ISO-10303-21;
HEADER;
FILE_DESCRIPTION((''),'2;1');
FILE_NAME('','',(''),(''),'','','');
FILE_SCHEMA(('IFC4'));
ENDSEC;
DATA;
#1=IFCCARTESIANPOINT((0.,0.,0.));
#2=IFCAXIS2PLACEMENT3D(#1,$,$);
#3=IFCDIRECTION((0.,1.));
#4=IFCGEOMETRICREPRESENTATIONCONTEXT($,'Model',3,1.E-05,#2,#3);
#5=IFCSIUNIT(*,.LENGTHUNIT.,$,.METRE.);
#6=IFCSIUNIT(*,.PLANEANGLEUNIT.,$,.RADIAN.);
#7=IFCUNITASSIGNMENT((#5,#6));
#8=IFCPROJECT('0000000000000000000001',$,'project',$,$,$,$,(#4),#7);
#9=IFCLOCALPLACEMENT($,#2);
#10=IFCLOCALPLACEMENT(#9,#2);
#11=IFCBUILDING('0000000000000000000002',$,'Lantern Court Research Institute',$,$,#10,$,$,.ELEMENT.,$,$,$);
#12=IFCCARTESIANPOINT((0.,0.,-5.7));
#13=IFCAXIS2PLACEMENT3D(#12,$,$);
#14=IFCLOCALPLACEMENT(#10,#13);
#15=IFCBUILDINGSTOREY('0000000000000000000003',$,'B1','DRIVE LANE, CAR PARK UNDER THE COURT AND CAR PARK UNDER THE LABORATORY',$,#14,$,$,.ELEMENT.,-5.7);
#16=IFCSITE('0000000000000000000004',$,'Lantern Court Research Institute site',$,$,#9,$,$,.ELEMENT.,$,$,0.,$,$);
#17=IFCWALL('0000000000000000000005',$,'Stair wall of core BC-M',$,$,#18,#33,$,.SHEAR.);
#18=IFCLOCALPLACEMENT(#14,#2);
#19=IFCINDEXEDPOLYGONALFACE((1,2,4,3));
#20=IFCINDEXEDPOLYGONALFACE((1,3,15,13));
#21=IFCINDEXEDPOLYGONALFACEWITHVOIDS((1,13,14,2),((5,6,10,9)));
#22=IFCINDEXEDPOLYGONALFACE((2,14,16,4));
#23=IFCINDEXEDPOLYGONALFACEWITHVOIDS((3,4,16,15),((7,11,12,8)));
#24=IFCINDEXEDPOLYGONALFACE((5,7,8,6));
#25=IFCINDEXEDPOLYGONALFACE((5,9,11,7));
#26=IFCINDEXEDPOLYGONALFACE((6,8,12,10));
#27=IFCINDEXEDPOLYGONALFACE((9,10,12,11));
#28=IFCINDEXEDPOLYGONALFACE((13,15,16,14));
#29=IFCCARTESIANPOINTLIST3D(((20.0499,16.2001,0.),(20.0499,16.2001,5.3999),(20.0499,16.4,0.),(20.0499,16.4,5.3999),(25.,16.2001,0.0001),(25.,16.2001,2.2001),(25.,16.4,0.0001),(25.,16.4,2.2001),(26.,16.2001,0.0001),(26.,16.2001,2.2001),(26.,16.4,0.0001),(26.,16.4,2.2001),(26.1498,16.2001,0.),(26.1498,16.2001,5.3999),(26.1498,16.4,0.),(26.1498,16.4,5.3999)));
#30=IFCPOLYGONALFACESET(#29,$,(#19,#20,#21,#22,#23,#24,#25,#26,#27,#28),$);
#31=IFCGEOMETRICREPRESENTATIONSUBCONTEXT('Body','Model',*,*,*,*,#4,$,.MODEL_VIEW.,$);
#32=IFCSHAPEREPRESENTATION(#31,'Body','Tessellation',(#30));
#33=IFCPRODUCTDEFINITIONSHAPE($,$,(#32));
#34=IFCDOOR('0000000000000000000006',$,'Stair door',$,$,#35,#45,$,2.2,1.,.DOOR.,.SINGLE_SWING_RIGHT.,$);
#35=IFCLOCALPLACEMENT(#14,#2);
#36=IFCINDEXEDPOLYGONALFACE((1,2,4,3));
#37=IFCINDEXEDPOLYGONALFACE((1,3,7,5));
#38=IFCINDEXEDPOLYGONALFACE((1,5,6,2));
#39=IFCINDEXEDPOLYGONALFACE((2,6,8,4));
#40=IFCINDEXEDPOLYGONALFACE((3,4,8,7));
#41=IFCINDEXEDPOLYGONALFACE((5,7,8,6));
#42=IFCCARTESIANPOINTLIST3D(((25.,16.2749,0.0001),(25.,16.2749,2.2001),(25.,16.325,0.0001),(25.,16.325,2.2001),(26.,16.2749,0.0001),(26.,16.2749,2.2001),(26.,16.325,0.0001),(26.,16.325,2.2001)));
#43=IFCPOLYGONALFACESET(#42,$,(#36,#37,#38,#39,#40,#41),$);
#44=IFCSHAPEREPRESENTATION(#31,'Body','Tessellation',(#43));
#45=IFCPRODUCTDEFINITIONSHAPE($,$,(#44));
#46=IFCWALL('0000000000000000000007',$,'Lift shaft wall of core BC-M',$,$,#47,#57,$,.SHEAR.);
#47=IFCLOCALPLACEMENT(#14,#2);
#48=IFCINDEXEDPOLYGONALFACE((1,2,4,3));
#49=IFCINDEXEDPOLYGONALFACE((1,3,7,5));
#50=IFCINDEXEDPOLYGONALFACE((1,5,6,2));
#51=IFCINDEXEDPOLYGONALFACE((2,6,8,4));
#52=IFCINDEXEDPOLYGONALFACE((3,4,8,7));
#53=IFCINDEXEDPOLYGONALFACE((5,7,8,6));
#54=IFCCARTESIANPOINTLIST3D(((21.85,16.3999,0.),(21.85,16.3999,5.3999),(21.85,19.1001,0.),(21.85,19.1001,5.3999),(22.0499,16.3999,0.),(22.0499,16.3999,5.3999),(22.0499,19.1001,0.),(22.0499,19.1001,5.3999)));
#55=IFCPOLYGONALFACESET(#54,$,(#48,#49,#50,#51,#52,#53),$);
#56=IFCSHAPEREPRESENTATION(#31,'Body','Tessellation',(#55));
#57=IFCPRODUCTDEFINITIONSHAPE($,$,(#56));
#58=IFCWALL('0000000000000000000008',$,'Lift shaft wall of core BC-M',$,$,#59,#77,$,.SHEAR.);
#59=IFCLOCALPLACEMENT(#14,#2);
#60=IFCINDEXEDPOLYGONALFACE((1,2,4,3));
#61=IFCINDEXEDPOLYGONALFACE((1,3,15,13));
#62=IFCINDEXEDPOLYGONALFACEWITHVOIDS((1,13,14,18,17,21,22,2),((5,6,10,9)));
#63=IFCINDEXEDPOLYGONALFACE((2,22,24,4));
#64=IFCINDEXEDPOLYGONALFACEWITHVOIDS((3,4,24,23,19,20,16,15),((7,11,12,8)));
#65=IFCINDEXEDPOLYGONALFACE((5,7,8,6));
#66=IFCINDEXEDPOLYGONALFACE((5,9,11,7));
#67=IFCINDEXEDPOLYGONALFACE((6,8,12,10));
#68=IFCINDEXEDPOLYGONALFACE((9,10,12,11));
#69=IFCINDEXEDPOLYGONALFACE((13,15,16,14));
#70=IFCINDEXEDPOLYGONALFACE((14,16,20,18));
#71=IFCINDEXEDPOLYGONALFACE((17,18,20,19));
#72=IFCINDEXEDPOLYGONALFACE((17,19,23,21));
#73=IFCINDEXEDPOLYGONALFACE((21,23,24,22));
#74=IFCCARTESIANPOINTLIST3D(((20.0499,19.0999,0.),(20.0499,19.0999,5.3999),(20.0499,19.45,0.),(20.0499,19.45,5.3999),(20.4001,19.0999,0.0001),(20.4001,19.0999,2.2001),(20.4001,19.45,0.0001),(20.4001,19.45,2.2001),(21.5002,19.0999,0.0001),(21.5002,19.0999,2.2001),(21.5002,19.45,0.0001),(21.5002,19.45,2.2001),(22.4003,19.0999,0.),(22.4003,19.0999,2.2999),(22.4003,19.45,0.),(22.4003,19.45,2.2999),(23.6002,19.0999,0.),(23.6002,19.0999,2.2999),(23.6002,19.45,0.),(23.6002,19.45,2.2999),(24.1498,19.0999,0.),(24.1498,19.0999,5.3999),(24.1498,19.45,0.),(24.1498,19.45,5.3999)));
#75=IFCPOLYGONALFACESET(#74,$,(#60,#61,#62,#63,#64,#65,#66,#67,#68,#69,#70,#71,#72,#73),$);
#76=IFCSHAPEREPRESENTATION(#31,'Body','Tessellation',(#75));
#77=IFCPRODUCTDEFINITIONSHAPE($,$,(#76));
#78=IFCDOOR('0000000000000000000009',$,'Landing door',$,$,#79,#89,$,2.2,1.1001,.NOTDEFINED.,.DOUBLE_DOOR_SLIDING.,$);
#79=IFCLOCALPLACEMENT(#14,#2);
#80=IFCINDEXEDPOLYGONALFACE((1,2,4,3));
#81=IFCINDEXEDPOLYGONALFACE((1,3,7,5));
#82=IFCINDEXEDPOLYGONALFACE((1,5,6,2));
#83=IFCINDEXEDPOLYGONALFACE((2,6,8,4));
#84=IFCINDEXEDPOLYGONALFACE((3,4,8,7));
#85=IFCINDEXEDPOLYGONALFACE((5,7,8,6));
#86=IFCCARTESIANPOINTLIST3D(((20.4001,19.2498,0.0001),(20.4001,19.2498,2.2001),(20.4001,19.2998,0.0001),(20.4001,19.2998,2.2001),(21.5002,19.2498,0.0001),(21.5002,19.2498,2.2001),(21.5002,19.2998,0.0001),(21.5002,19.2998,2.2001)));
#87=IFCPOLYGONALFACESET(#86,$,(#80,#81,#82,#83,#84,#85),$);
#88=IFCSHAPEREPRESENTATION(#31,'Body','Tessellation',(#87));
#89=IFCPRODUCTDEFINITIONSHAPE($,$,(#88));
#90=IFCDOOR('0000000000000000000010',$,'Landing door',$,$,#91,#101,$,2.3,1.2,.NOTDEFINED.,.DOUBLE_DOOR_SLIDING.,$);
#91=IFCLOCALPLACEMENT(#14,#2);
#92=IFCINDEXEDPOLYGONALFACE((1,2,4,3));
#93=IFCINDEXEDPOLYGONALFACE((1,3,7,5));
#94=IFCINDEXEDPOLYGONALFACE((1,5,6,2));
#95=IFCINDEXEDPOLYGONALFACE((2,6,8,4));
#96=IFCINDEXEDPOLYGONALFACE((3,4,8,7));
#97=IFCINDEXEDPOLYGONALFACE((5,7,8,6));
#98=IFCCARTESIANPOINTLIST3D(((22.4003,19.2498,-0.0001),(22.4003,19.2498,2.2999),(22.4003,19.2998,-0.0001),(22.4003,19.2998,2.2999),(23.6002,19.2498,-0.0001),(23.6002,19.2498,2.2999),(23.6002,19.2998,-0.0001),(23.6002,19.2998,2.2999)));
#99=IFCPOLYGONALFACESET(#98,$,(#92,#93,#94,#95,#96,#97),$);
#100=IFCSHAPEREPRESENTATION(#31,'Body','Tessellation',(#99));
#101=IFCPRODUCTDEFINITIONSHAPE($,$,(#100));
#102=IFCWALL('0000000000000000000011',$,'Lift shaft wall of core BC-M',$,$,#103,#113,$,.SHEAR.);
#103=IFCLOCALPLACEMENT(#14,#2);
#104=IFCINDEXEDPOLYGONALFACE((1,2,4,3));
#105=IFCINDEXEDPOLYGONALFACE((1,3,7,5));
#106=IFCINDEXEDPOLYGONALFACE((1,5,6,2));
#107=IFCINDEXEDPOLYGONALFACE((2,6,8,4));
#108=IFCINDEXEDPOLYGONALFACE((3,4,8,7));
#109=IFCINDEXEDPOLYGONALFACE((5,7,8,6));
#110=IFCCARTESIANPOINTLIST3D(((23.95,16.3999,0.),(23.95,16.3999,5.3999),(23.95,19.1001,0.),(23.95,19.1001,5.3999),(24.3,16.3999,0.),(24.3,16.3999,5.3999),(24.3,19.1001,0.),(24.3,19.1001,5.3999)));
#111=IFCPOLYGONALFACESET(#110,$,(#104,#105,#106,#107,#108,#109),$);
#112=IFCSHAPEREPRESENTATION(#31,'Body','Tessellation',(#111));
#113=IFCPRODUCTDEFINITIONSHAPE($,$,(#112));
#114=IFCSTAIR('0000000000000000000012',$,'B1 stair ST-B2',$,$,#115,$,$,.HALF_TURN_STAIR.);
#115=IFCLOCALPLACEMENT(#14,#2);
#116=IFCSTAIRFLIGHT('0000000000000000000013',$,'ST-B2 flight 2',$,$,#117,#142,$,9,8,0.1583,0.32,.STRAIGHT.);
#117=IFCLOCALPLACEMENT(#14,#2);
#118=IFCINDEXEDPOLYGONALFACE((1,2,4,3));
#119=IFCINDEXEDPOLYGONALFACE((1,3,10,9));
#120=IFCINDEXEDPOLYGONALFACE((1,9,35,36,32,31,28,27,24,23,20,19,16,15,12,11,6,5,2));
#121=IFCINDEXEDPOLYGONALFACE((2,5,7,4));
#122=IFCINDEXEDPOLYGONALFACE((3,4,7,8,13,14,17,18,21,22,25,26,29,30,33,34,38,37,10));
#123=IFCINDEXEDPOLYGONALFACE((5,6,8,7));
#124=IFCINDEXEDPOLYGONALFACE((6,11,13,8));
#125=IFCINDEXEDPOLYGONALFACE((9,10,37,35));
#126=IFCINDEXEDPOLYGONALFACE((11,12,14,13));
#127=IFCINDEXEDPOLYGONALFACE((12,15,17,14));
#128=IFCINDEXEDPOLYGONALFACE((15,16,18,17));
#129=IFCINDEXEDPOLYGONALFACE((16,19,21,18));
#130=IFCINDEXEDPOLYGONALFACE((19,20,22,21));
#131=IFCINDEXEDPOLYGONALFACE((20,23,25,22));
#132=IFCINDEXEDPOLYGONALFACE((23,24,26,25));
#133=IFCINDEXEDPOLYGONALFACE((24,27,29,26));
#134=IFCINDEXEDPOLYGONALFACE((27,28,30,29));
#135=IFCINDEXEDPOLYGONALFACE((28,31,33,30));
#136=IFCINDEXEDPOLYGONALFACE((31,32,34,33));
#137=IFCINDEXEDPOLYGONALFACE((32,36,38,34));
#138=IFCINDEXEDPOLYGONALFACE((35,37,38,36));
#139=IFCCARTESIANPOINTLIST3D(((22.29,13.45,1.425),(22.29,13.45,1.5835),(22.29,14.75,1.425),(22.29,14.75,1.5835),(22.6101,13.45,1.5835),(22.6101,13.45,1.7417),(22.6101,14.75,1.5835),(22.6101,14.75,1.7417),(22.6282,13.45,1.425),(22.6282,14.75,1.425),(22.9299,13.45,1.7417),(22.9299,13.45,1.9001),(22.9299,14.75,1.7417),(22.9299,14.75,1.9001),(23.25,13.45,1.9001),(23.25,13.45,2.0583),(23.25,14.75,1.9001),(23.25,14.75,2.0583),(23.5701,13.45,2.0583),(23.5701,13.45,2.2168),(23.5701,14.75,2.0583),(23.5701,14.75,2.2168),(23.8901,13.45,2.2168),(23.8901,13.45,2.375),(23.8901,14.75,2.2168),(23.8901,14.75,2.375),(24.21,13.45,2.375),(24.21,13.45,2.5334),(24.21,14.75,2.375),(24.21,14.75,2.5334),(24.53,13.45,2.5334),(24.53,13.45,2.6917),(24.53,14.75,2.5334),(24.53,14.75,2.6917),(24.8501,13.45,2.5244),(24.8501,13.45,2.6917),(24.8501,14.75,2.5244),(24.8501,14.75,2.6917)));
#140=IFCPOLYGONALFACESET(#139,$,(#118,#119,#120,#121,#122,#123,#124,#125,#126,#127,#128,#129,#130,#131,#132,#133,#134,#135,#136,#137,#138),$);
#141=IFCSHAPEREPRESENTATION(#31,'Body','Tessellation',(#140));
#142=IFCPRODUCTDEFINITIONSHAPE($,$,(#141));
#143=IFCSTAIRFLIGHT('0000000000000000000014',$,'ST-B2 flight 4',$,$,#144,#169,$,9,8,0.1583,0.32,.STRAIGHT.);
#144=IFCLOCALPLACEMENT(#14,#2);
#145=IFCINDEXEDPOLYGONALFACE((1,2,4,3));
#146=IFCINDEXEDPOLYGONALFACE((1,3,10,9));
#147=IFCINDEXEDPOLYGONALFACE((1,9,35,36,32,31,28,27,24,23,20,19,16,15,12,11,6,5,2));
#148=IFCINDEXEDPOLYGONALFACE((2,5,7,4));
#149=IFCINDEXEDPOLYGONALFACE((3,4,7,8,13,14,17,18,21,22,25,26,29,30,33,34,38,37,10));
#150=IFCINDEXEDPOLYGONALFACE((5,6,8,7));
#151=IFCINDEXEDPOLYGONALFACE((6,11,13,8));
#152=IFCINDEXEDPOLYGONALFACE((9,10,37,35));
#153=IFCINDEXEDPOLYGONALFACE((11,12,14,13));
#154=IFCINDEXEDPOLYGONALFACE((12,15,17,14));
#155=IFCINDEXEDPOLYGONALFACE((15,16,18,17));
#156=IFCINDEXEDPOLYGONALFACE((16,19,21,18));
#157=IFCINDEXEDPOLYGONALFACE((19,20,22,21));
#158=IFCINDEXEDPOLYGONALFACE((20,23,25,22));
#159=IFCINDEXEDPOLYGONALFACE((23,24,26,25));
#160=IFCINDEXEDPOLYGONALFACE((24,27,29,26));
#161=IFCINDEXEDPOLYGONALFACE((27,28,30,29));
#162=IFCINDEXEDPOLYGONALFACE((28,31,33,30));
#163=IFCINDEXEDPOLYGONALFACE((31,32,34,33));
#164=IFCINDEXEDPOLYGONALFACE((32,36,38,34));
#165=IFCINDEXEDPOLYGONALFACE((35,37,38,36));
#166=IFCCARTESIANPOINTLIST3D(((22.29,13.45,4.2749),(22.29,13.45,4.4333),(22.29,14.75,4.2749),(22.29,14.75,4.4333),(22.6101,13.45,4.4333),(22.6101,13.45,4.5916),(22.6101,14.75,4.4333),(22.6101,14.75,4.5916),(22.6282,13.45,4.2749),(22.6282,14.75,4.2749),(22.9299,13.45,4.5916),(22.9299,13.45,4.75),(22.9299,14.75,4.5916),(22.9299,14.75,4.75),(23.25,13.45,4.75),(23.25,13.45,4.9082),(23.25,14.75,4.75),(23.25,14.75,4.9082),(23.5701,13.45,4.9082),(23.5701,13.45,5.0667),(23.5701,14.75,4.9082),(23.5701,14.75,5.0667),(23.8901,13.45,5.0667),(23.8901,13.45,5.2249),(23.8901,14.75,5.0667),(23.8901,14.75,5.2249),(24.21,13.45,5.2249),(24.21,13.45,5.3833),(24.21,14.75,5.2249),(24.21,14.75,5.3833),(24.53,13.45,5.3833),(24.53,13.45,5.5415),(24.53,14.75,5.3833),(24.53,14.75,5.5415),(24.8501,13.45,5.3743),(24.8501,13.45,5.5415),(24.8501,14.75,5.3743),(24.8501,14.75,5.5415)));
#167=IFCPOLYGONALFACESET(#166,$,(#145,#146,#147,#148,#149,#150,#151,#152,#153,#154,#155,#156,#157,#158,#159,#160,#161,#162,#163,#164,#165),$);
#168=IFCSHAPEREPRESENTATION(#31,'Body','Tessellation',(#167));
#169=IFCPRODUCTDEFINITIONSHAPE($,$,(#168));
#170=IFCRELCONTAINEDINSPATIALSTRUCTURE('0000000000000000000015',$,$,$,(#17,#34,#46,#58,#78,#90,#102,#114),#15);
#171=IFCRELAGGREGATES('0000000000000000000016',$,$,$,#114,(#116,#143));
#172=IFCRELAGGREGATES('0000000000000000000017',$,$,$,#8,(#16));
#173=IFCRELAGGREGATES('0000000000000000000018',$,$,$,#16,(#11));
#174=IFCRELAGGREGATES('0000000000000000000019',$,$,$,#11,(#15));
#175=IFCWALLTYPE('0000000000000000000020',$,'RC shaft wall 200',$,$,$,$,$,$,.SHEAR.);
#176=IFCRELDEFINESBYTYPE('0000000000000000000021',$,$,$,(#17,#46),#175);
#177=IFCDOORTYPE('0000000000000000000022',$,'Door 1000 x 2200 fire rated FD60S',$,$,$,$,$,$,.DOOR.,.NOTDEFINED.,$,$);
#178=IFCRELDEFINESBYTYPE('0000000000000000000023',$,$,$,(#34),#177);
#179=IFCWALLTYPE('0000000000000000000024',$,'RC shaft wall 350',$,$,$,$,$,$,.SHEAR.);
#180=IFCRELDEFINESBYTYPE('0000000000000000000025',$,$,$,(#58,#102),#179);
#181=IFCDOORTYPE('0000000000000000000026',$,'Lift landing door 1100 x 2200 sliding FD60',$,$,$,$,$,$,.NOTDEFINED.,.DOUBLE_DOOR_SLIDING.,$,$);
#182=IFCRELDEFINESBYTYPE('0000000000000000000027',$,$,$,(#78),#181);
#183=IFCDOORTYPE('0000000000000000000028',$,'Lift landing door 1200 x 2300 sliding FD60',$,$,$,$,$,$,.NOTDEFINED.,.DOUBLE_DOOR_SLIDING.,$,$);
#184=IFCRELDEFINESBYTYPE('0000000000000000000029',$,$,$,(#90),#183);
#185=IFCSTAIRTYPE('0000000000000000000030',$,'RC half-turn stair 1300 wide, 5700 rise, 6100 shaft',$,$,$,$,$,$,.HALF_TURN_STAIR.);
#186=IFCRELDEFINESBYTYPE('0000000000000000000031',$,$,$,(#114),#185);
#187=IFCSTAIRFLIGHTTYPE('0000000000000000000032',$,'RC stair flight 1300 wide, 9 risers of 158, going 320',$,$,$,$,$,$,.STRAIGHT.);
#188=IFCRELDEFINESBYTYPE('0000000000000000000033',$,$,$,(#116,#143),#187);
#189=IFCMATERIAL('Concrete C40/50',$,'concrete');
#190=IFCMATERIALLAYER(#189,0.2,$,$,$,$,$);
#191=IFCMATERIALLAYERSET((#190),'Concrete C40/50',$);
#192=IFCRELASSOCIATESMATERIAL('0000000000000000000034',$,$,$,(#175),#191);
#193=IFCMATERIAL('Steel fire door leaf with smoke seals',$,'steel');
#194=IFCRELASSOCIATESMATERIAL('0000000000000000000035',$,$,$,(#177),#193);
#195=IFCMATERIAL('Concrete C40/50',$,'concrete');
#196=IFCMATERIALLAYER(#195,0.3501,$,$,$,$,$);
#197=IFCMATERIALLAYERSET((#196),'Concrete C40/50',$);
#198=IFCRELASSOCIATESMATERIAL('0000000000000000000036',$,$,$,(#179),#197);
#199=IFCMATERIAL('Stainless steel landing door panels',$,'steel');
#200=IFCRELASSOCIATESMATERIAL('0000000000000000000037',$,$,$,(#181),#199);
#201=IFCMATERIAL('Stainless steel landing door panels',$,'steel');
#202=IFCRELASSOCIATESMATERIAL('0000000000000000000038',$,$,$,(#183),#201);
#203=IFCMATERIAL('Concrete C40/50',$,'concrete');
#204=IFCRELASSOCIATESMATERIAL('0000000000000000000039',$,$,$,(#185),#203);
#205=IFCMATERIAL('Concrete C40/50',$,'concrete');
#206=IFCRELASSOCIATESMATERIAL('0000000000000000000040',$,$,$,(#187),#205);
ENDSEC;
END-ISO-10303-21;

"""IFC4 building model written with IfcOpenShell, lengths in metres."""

from ifc_helpers import new_model, si_unit, direction, frame, frame_2d, origin, place, context, subcontext, project, spatial, polyline, rectangle, outline, extrude, material, layer, layer_set, type_object, element, fill, aggregate, save


model = new_model("IFC4")

# Units and contexts
model_context = context("Model", 3, precision=1e-05, world=origin(), true_north=direction((0.0, 1.0)))
body_context = subcontext(model_context, "Body", "Model", "MODEL_VIEW")
ifc_project = project(units=[si_unit("LENGTHUNIT", "METRE"), si_unit("PLANEANGLEUNIT", "RADIAN")], contexts=[model_context])

# Site, building, storey
site_placement = place(None, origin())
site = spatial("IfcSite", under=ifc_project, at=site_placement, Name="Lantern Court Research Institute site", CompositionType="ELEMENT", RefElevation=0.0)
building_placement = place(site_placement, origin())
building = spatial("IfcBuilding", under=site, at=building_placement, Name="Lantern Court Research Institute", CompositionType="ELEMENT")
storey_placement = place(building_placement, frame((0.0, 0.0, -5.7)))
storey = spatial("IfcBuildingStorey", under=building, at=storey_placement, Name="B1", Description="DRIVE LANE, CAR PARK UNDER THE COURT AND CAR PARK UNDER THE LABORATORY", CompositionType="ELEMENT", Elevation=-5.7)

# Wall, opening, door
ifc_material_1 = material(Name="Concrete C40/50", Category="concrete")
ifc_layer_1 = layer(ifc_material_1, 0.2)
ifc_layer_set_1 = layer_set([ifc_layer_1], Name="Concrete C40/50")
wall_type_1 = type_object("IfcWallType", Name="RC shaft wall 200", PredefinedType="SHEAR", material=ifc_layer_set_1)
wall_1_placement = place(storey_placement, frame((20.05, 16.3, 0.0), z_axis=(0.0, 0.0, 1.0), x_axis=(1.0, 0.0, 0.0)))
wall_1 = element("IfcWall", 1, at=wall_1_placement, inside=storey, type_object=wall_type_1, Name="Stair wall of core BC-M", PredefinedType="SHEAR", context=body_context, shape_type="SweptSolid", body=[
    extrude(rectangle(XDim=6.0999, YDim=0.2, at=frame_2d((3.0498, 0.0))), origin(), (0.0, 0.0, 1.0), 5.3999),
])
opening_1_placement = place(wall_1_placement, frame((4.95, 0.0, 0.0)))
opening_1 = element("IfcOpeningElement", 2, at=opening_1_placement, cuts=wall_1, PredefinedType="OPENING", context=body_context, shape_type="SweptSolid", body=[
    extrude(rectangle(XDim=1.0, YDim=2.2, at=frame_2d((0.5, 1.1001))), frame((0.0, 0.1099, 0.0), z_axis=(0.0, -1.0, 0.0), x_axis=(1.0, 0.0, 0.0)), (0.0, 0.0, 1.0), 0.22),
])
ifc_material_2 = material(Name="Steel fire door leaf with smoke seals", Category="steel")
door_type_1 = type_object("IfcDoorType", Name="Door 1000 x 2200 fire rated FD60S", OperationType="NOTDEFINED", PredefinedType="DOOR", material=ifc_material_2)
door_1_placement = place(opening_1_placement, origin())
door_1 = element("IfcDoor", 3, at=door_1_placement, inside=storey, type_object=door_type_1, Name="Stair door", OperationType="SINGLE_SWING_RIGHT", OverallHeight=2.2, OverallWidth=1.0, PredefinedType="DOOR", context=body_context, shape_type="SweptSolid", body=[
    extrude(rectangle(XDim=1.0, YDim=2.2, at=frame_2d((0.5, 1.1001))), frame((0.0, 0.0249, 0.0), z_axis=(0.0, -1.0, 0.0), x_axis=(1.0, 0.0, 0.0)), (0.0, 0.0, 1.0), 0.05),
])
fill(opening_1, door_1)

# Wall
wall_2_placement = place(storey_placement, frame((21.95, 16.3999, 0.0), z_axis=(0.0, 0.0, 1.0), x_axis=(0.0, 1.0, 0.0)))
element("IfcWall", 4, at=wall_2_placement, inside=storey, type_object=wall_type_1, Name="Lift shaft wall of core BC-M", PredefinedType="SHEAR", context=body_context, shape_type="SweptSolid", body=[
    extrude(rectangle(XDim=2.7002, YDim=0.2, at=frame_2d((1.3501, 0.0))), origin(), (0.0, 0.0, 1.0), 5.3999),
])

# Wall, openings, doors
ifc_material_3 = material(Name="Concrete C40/50", Category="concrete")
ifc_layer_2 = layer(ifc_material_3, 0.3501)
ifc_layer_set_2 = layer_set([ifc_layer_2], Name="Concrete C40/50")
wall_type_2 = type_object("IfcWallType", Name="RC shaft wall 350", PredefinedType="SHEAR", material=ifc_layer_set_2)
wall_3_placement = place(storey_placement, frame((20.05, 19.2749, 0.0), z_axis=(0.0, 0.0, 1.0), x_axis=(1.0, 0.0, 0.0)))
wall_3 = element("IfcWall", 5, at=wall_3_placement, inside=storey, type_object=wall_type_2, Name="Lift shaft wall of core BC-M", PredefinedType="SHEAR", context=body_context, shape_type="SweptSolid", body=[
    extrude(rectangle(XDim=4.0999, YDim=0.3501, at=frame_2d((2.0498, 0.0))), origin(), (0.0, 0.0, 1.0), 5.3999),
])
opening_2_placement = place(wall_3_placement, frame((0.3501, 0.0, 0.0)))
opening_2 = element("IfcOpeningElement", 6, at=opening_2_placement, cuts=wall_3, PredefinedType="OPENING", context=body_context, shape_type="SweptSolid", body=[
    extrude(rectangle(XDim=1.1001, YDim=2.2, at=frame_2d((0.55, 1.1001))), frame((0.0, 0.1851, 0.0), z_axis=(0.0, -1.0, 0.0), x_axis=(1.0, 0.0, 0.0)), (0.0, 0.0, 1.0), 0.3701),
])
opening_3_placement = place(wall_3_placement, frame((2.3501, 0.0, 0.0)))
opening_3 = element("IfcOpeningElement", 7, at=opening_3_placement, cuts=wall_3, PredefinedType="OPENING", context=body_context, shape_type="SweptSolid", body=[
    extrude(rectangle(XDim=1.2, YDim=2.3, at=frame_2d((0.6001, 1.1499))), frame((0.0, 0.1851, 0.0), z_axis=(0.0, -1.0, 0.0), x_axis=(1.0, 0.0, 0.0)), (0.0, 0.0, 1.0), 0.3701),
])
ifc_material_4 = material(Name="Stainless steel landing door panels", Category="steel")
door_type_2 = type_object("IfcDoorType", Name="Lift landing door 1100 x 2200 sliding FD60", OperationType="DOUBLE_DOOR_SLIDING", PredefinedType="NOTDEFINED", material=ifc_material_4)
door_2_placement = place(opening_2_placement, origin())
door_2 = element("IfcDoor", 8, at=door_2_placement, inside=storey, type_object=door_type_2, Name="Landing door", OperationType="DOUBLE_DOOR_SLIDING", OverallHeight=2.2, OverallWidth=1.1001, PredefinedType="NOTDEFINED", context=body_context, shape_type="SweptSolid", body=[
    extrude(rectangle(XDim=1.1001, YDim=2.2, at=frame_2d((0.55, 1.1001))), frame((0.0, 0.0249, 0.0), z_axis=(0.0, -1.0, 0.0), x_axis=(1.0, 0.0, 0.0)), (0.0, 0.0, 1.0), 0.05),
])
fill(opening_2, door_2)
ifc_material_5 = material(Name="Stainless steel landing door panels", Category="steel")
door_type_3 = type_object("IfcDoorType", Name="Lift landing door 1200 x 2300 sliding FD60", OperationType="DOUBLE_DOOR_SLIDING", PredefinedType="NOTDEFINED", material=ifc_material_5)
door_3_placement = place(opening_3_placement, origin())
door_3 = element("IfcDoor", 9, at=door_3_placement, inside=storey, type_object=door_type_3, Name="Landing door", OperationType="DOUBLE_DOOR_SLIDING", OverallHeight=2.3, OverallWidth=1.2, PredefinedType="NOTDEFINED", context=body_context, shape_type="SweptSolid", body=[
    extrude(rectangle(XDim=1.2, YDim=2.3, at=frame_2d((0.6001, 1.1499))), frame((0.0, 0.0249, 0.0), z_axis=(0.0, -1.0, 0.0), x_axis=(1.0, 0.0, 0.0)), (0.0, 0.0, 1.0), 0.05),
])
fill(opening_3, door_3)

# Wall
wall_4_placement = place(storey_placement, frame((24.125, 16.3999, 0.0), z_axis=(0.0, 0.0, 1.0), x_axis=(0.0, 1.0, 0.0)))
element("IfcWall", 10, at=wall_4_placement, inside=storey, type_object=wall_type_2, Name="Lift shaft wall of core BC-M", PredefinedType="SHEAR", context=body_context, shape_type="SweptSolid", body=[
    extrude(rectangle(XDim=2.7002, YDim=0.3501, at=frame_2d((1.3501, 0.0))), origin(), (0.0, 0.0, 1.0), 5.3999),
])

# Stair, stair flights
ifc_material_6 = material(Name="Concrete C40/50", Category="concrete")
stair_type = type_object("IfcStairType", Name="RC half-turn stair 1300 wide, 5700 rise, 6100 shaft", PredefinedType="HALF_TURN_STAIR", material=ifc_material_6)
stair_placement = place(storey_placement, origin())
stair = element("IfcStair", 11, at=stair_placement, inside=storey, type_object=stair_type, Name="B1 stair ST-B2", PredefinedType="HALF_TURN_STAIR")
ifc_material_7 = material(Name="Concrete C40/50", Category="concrete")
stair_flight_type = type_object("IfcStairFlightType", Name="RC stair flight 1300 wide, 9 risers of 158, going 320", PredefinedType="STRAIGHT", material=ifc_material_7)
stair_flight_1_placement = place(storey_placement, frame((22.29, 14.1001, 1.425), z_axis=(0.0, 0.0, 1.0), x_axis=(1.0, 0.0, 0.0)))
stair_flight_1 = element("IfcStairFlight", 12, at=stair_flight_1_placement, type_object=stair_flight_type, Name="ST-B2 flight 2", NumberOfRisers=9, NumberOfTreads=8, PredefinedType="STRAIGHT", RiserHeight=0.1583, TreadLength=0.32, context=body_context, shape_type="SweptSolid", body=[
    extrude(outline(polyline([(0.0, 0.0), (0.0, 0.1584), (0.3201, 0.1584), (0.3201, 0.3167), (0.6399, 0.3167), (0.6399, 0.4751), (0.96, 0.4751), (0.96, 0.6333), (1.28, 0.6333), (1.28, 0.7917), (1.6001, 0.7917), (1.6001, 0.95), (1.9199, 0.95), (1.9199, 1.1084), (2.24, 1.1084), (2.24, 1.2666), (2.5601, 1.2666), (2.5601, 1.425), (2.5601, 1.0994), (0.3381, 0.0), (0.0, 0.0)])), frame((0.0, 0.6499, 0.0), z_axis=(0.0, -1.0, 0.0), x_axis=(1.0, 0.0, 0.0)), (0.0, 0.0, 1.0), 1.3),
])
stair_flight_2_placement = place(storey_placement, frame((22.29, 14.1001, 4.2749), z_axis=(0.0, 0.0, 1.0), x_axis=(1.0, 0.0, 0.0)))
stair_flight_2 = element("IfcStairFlight", 13, at=stair_flight_2_placement, type_object=stair_flight_type, Name="ST-B2 flight 4", NumberOfRisers=9, NumberOfTreads=8, PredefinedType="STRAIGHT", RiserHeight=0.1583, TreadLength=0.32, context=body_context, shape_type="SweptSolid", body=[
    extrude(outline(polyline([(0.0, 0.0), (0.0, 0.1584), (0.3201, 0.1584), (0.3201, 0.3167), (0.6399, 0.3167), (0.6399, 0.4751), (0.96, 0.4751), (0.96, 0.6333), (1.28, 0.6333), (1.28, 0.7917), (1.6001, 0.7917), (1.6001, 0.95), (1.9199, 0.95), (1.9199, 1.1084), (2.24, 1.1084), (2.24, 1.2666), (2.5601, 1.2666), (2.5601, 1.425), (2.5601, 1.0994), (0.3381, 0.0), (0.0, 0.0)])), frame((0.0, 0.6499, 0.0), z_axis=(0.0, -1.0, 0.0), x_axis=(1.0, 0.0, 0.0)), (0.0, 0.0, 1.0), 1.3),
])
aggregate(stair, [stair_flight_1, stair_flight_2])

save(model, "model.ifc")
